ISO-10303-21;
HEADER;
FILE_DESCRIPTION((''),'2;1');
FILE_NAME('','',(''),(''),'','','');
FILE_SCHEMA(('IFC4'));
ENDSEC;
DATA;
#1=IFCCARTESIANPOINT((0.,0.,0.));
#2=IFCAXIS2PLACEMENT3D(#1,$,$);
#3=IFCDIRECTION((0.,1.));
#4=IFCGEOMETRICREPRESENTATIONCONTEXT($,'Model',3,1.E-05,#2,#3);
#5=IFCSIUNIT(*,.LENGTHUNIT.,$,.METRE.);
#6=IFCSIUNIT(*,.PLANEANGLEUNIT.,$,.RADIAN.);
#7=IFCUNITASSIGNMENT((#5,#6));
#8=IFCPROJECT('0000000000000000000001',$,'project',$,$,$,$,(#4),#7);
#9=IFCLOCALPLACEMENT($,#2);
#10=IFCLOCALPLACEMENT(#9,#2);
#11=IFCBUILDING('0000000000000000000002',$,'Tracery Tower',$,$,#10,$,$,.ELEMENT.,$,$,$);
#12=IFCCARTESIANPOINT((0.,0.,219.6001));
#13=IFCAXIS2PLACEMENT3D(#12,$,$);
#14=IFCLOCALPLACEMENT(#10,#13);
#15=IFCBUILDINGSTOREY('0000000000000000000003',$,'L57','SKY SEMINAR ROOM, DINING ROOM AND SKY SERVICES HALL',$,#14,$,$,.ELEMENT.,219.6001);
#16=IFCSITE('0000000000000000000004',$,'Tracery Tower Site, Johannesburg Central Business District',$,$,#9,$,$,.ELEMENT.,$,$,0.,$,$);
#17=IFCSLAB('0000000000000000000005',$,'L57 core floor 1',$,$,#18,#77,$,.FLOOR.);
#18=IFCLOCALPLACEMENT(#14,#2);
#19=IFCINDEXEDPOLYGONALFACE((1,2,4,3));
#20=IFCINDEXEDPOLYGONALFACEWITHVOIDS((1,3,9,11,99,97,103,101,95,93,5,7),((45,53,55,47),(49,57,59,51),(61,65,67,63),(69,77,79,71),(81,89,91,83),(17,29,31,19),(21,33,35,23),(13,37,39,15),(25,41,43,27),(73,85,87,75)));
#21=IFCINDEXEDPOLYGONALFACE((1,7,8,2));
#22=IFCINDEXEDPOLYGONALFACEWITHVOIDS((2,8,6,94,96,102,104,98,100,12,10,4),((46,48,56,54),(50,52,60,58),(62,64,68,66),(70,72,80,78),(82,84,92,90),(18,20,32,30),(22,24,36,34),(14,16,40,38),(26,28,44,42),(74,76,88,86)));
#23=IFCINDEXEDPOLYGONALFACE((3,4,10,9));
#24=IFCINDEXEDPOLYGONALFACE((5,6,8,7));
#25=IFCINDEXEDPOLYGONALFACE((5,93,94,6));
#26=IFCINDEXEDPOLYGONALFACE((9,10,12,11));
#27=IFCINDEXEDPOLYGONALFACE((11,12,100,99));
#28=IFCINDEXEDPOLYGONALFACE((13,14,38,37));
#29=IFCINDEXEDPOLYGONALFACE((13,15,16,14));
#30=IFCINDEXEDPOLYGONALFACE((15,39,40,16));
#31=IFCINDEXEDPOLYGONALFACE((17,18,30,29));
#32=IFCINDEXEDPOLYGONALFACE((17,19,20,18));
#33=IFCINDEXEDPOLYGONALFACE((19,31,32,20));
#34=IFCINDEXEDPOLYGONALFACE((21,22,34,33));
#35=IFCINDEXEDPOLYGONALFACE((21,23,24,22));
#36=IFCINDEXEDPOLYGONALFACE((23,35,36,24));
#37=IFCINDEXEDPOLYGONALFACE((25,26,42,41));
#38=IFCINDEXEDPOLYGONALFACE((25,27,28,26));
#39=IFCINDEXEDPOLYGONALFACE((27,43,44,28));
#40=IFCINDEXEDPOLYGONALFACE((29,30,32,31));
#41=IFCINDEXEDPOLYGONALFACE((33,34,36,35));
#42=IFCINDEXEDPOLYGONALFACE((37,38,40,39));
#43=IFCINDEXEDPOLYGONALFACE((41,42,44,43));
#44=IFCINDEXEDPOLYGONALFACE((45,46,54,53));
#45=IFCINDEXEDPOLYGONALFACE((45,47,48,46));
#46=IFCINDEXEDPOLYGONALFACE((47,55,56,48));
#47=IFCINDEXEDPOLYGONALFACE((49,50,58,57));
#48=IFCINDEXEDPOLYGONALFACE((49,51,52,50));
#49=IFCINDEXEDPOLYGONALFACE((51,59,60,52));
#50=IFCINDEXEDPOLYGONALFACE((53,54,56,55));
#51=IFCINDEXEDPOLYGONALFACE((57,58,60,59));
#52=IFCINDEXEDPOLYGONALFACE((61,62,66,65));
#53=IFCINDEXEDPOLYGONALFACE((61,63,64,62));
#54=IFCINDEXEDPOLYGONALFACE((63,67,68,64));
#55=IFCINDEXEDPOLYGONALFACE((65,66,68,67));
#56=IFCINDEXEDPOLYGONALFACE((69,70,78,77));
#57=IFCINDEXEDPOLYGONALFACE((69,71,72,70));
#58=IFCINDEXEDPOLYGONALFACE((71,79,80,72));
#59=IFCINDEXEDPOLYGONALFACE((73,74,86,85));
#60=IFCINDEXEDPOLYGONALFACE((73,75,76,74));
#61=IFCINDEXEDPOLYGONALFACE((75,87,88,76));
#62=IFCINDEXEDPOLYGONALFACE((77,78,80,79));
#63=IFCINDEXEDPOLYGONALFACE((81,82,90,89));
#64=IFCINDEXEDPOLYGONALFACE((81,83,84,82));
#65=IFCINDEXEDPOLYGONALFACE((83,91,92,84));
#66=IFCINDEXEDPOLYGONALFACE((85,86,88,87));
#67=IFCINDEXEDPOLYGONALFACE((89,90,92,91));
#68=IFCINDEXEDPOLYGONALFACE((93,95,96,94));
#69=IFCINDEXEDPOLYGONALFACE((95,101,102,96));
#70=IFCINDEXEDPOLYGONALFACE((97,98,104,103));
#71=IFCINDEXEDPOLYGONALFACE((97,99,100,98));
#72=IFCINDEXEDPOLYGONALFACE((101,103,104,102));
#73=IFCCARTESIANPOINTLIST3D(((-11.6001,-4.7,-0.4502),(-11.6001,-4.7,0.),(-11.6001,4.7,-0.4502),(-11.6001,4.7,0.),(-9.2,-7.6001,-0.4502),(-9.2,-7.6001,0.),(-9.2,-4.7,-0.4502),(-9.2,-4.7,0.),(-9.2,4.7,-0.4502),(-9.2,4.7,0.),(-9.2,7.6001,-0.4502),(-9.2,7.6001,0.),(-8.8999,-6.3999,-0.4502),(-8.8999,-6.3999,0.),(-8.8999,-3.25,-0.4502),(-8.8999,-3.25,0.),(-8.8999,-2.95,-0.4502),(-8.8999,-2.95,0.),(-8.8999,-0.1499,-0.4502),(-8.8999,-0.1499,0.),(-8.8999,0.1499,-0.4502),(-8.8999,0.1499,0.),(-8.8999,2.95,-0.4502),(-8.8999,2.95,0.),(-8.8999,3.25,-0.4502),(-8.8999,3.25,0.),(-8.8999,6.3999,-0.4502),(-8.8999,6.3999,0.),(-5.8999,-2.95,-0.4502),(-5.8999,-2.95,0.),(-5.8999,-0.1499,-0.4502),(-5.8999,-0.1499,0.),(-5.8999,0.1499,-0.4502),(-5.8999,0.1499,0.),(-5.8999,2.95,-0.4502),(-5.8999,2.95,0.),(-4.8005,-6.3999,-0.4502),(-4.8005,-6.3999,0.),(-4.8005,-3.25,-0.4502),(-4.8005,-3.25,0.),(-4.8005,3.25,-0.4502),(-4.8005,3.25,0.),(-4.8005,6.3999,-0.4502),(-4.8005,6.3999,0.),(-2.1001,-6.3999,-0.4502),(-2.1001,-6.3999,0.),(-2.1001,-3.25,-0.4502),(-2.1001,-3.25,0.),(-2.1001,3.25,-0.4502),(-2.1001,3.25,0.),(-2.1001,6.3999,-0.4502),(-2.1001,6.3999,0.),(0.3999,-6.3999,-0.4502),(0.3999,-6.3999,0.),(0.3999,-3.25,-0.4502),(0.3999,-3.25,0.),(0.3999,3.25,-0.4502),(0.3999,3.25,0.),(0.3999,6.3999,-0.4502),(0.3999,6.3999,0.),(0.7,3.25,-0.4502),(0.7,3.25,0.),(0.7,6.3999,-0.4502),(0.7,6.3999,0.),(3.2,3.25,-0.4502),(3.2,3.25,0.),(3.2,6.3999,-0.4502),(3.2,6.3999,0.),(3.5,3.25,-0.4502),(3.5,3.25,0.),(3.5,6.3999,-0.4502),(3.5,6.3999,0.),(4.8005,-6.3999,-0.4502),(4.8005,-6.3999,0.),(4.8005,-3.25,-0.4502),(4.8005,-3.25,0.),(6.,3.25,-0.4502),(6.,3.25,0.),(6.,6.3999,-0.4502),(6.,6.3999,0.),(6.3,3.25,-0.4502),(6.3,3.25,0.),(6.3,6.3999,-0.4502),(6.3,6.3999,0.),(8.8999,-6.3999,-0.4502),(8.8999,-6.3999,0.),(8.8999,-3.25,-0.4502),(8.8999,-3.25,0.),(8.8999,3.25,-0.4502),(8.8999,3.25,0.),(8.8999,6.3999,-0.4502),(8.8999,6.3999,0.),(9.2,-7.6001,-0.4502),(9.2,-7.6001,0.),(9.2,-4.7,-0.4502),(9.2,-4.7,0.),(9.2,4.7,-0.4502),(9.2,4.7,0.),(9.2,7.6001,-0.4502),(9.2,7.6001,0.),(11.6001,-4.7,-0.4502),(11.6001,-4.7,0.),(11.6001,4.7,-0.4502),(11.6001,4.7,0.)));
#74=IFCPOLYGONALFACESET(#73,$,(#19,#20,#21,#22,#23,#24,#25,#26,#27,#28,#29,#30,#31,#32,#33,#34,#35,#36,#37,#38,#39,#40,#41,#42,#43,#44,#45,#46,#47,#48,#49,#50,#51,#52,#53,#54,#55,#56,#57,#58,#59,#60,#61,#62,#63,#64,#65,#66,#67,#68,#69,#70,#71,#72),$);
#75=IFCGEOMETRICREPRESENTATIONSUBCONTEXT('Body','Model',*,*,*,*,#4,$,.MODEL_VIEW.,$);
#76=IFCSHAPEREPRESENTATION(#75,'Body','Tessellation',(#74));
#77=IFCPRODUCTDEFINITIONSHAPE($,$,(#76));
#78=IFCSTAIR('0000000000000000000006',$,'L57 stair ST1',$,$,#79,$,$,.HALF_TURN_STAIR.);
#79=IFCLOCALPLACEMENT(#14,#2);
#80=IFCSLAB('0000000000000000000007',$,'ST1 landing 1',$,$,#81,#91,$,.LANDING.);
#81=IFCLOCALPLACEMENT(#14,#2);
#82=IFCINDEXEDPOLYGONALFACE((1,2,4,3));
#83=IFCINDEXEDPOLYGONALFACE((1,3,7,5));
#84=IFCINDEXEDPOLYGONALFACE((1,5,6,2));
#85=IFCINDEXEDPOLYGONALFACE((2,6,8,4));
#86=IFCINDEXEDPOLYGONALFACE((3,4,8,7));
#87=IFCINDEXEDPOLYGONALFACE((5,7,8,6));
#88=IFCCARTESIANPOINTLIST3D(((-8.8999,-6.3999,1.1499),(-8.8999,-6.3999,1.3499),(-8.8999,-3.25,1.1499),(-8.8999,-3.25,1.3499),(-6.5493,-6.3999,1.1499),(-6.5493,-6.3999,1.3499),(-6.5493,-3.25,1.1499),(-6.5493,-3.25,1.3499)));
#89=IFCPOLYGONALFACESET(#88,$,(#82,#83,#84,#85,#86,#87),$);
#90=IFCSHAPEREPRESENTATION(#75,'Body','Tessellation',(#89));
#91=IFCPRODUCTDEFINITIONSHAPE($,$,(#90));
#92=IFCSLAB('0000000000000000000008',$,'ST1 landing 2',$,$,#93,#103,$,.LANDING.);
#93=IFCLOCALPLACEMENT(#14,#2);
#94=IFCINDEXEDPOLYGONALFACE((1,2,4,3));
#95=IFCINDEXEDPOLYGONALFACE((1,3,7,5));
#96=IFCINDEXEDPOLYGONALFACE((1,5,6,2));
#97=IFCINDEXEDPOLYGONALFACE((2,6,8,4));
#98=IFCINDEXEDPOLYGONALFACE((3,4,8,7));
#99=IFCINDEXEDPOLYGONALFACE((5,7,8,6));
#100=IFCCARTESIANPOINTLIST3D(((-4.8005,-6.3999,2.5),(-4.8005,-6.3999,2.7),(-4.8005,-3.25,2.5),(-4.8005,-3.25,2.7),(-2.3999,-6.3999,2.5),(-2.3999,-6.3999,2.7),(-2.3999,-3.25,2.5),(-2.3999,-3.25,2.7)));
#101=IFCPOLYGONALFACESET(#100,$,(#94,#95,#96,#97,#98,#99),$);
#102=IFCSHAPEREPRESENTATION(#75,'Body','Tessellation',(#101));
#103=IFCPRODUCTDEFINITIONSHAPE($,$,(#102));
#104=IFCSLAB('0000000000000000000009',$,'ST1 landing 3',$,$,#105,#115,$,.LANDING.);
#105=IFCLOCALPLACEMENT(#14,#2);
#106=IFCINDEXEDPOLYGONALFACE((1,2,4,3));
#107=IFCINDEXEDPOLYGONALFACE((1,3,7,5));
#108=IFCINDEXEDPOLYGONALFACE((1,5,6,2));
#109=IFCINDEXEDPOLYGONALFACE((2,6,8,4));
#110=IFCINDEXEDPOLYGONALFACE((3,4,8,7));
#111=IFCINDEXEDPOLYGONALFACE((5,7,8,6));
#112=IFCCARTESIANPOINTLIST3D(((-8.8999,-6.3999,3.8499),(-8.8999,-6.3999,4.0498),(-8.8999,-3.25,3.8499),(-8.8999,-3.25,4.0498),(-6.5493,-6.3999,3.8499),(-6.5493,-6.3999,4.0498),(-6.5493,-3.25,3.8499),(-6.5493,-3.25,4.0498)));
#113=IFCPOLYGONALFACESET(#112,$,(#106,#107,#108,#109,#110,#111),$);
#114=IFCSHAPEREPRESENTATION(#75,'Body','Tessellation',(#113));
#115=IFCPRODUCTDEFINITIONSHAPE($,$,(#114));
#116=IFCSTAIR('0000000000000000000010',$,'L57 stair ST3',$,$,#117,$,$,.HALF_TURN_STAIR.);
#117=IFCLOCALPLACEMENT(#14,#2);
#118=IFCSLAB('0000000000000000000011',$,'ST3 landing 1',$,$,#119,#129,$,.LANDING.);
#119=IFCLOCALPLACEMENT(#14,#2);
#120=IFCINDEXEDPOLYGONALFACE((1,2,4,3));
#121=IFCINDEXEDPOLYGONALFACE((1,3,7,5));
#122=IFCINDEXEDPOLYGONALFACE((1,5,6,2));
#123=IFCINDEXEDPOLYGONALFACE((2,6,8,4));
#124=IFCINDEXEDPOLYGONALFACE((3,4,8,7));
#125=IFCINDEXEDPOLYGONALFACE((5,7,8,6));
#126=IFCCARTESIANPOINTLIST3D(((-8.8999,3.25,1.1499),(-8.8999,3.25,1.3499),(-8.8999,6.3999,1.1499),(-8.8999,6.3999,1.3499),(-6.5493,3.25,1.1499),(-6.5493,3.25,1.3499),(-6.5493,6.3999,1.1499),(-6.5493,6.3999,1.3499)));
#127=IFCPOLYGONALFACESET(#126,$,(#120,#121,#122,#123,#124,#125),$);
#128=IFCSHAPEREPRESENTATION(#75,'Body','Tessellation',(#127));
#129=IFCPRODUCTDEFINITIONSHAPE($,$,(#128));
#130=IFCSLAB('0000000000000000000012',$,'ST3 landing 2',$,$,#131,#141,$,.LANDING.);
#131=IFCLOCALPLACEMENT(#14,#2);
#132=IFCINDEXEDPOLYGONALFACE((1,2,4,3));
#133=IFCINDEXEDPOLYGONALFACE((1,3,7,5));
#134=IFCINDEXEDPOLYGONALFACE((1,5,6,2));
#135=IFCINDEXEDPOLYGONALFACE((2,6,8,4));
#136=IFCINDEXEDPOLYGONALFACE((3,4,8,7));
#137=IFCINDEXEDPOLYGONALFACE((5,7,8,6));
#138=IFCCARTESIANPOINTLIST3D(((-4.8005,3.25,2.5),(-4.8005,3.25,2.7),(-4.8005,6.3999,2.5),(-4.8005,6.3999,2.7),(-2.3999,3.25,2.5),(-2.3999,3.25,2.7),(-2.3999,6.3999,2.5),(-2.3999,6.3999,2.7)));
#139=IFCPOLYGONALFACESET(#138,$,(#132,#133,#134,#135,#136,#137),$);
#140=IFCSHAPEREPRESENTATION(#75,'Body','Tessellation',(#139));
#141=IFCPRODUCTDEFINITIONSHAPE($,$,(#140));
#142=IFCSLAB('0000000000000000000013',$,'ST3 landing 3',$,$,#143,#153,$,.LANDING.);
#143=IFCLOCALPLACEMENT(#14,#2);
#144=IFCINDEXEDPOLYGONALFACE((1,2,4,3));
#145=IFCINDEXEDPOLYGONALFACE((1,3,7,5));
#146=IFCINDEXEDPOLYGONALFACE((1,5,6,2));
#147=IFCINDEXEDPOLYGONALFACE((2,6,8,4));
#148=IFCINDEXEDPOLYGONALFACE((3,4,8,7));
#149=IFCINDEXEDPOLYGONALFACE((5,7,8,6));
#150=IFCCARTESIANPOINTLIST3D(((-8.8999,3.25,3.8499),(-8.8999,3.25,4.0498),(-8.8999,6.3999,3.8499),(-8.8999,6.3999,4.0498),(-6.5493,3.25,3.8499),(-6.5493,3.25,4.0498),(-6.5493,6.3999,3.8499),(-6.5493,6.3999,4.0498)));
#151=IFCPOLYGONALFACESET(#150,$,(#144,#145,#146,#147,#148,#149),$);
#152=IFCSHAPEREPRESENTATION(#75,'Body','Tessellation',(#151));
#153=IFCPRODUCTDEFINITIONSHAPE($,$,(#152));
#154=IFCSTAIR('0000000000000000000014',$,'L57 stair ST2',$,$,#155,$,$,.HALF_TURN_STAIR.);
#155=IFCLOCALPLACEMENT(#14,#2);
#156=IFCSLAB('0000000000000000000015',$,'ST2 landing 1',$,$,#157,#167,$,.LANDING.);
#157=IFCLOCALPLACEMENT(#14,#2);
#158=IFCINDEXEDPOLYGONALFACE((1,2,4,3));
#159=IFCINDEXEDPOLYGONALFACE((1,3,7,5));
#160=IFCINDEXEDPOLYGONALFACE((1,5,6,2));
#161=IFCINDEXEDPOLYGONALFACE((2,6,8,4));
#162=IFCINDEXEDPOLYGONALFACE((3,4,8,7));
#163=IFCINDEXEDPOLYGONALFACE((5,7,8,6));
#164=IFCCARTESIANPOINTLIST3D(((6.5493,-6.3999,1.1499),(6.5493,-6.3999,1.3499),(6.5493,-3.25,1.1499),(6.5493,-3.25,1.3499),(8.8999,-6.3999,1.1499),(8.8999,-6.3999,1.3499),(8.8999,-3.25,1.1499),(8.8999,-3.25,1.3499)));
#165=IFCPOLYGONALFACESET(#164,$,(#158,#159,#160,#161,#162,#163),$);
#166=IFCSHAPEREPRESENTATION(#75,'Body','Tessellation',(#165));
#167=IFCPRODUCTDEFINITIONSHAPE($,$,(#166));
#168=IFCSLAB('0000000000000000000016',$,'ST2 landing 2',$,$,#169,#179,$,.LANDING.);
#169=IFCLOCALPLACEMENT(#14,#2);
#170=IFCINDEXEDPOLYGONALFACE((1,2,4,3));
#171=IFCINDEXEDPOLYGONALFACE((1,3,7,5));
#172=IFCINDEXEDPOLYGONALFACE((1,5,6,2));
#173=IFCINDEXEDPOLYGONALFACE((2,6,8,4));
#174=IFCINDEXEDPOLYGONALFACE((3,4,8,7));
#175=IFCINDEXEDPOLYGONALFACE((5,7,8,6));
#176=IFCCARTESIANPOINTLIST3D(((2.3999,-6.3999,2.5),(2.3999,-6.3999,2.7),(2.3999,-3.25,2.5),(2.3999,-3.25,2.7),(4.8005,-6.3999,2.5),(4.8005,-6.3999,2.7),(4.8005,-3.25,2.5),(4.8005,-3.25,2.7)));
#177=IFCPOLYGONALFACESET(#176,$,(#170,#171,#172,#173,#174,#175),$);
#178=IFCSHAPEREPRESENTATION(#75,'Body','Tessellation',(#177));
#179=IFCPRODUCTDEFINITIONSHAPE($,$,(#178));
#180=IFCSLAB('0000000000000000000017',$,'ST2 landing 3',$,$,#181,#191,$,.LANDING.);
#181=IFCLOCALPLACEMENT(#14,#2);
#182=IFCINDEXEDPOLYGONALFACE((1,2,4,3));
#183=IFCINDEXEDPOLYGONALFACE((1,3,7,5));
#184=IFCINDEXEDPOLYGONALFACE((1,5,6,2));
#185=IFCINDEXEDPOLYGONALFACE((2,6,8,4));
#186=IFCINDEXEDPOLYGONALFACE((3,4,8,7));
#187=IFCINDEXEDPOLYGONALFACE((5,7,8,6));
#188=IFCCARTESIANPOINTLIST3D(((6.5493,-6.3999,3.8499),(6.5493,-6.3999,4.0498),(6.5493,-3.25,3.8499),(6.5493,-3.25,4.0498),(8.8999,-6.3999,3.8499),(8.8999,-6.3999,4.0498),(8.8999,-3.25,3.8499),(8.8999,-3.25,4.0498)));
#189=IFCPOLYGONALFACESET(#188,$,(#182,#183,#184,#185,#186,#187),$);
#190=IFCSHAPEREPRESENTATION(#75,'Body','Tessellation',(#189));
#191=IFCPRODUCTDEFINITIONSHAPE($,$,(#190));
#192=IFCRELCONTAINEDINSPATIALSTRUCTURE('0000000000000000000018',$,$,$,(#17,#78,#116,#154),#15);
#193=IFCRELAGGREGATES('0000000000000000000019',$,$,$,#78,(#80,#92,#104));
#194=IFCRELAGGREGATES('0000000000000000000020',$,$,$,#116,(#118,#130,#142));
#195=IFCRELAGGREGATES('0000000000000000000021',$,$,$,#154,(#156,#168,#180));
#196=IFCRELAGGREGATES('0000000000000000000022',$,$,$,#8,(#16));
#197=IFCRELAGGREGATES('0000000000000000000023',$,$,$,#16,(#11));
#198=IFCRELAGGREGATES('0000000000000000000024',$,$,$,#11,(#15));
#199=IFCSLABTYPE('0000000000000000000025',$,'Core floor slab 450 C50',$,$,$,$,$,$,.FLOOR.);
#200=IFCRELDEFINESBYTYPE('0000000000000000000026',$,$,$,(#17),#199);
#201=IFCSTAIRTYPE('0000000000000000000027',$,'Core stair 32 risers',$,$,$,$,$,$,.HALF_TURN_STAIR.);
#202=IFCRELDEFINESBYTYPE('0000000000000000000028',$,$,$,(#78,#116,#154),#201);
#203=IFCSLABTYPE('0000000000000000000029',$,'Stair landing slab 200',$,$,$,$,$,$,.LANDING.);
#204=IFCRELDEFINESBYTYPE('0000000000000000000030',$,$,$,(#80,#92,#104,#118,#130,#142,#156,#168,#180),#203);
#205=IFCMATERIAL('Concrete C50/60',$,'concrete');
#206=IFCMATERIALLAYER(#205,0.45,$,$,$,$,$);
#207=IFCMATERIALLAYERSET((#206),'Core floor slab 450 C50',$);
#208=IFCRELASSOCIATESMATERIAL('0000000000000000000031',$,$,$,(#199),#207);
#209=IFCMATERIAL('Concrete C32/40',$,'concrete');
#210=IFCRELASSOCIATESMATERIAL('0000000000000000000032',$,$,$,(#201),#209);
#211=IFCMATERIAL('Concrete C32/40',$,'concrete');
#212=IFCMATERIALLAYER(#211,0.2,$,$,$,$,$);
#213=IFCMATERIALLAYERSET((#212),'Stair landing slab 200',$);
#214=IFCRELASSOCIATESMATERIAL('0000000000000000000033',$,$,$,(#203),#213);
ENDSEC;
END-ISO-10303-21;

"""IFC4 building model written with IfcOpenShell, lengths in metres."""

from ifc_helpers import new_model, si_unit, direction, frame, origin, place, context, subcontext, project, spatial, polyline, outline, extrude, material, layer, layer_set, type_object, element, aggregate, save


model = new_model("IFC4")

# Units and contexts
model_context = context("Model", 3, precision=1e-05, world=origin(), true_north=direction((0.0, 1.0)))
body_context = subcontext(model_context, "Body", "Model", "MODEL_VIEW")
ifc_project = project(units=[si_unit("LENGTHUNIT", "METRE"), si_unit("PLANEANGLEUNIT", "RADIAN")], contexts=[model_context])

# Site, building, storey
site_placement = place(None, origin())
site = spatial("IfcSite", under=ifc_project, at=site_placement, Name="Tracery Tower Site, Johannesburg Central Business District", CompositionType="ELEMENT", RefElevation=0.0)
building_placement = place(site_placement, origin())
building = spatial("IfcBuilding", under=site, at=building_placement, Name="Tracery Tower", CompositionType="ELEMENT")
storey_placement = place(building_placement, frame((0.0, 0.0, 219.6001)))
storey = spatial("IfcBuildingStorey", under=building, at=storey_placement, Name="L57", Description="SKY SEMINAR ROOM, DINING ROOM AND SKY SERVICES HALL", CompositionType="ELEMENT", Elevation=219.6001)

# Slab
ifc_material_1 = material(Name="Concrete C50/60", Category="concrete")
ifc_layer_1 = layer(ifc_material_1, 0.45)
ifc_layer_set_1 = layer_set([ifc_layer_1], Name="Core floor slab 450 C50")
slab_type_1 = type_object("IfcSlabType", Name="Core floor slab 450 C50", PredefinedType="FLOOR", material=ifc_layer_set_1)
slab_1_placement = place(storey_placement, frame((0.0, 0.0, -0.4502)))
element("IfcSlab", 1, at=slab_1_placement, inside=storey, type_object=slab_type_1, Name="L57 core floor 1", PredefinedType="FLOOR", context=body_context, shape_type="SweptSolid", body=[
    extrude(outline(polyline([(-9.2, 7.6001), (9.2, 7.6001), (9.2, 4.7), (11.6001, 4.7), (11.6001, -4.7), (9.2, -4.7), (9.2, -7.6001), (-9.2, -7.6001), (-9.2, -4.7), (-11.6001, -4.7), (-11.6001, 4.7), (-9.2, 4.7), (-9.2, 7.6001)]), holes=[polyline([(4.8005, -6.3999), (8.8999, -6.3999), (8.8999, -3.25), (4.8005, -3.25), (4.8005, -6.3999)]), polyline([(8.8999, 3.25), (8.8999, 6.3999), (6.3, 6.3999), (6.3, 3.25), (8.8999, 3.25)]), polyline([(6.0, 3.25), (6.0, 6.3999), (3.5, 6.3999), (3.5, 3.25), (6.0, 3.25)]), polyline([(3.2, 3.25), (3.2, 6.3999), (0.7, 6.3999), (0.7, 3.25), (3.2, 3.25)]), polyline([(-2.1001, 3.25), (0.3999, 3.25), (0.3999, 6.3999), (-2.1001, 6.3999), (-2.1001, 3.25)]), polyline([(0.3999, -6.3999), (0.3999, -3.25), (-2.1001, -3.25), (-2.1001, -6.3999), (0.3999, -6.3999)]), polyline([(-4.8005, -3.25), (-8.8999, -3.25), (-8.8999, -6.3999), (-4.8005, -6.3999), (-4.8005, -3.25)]), polyline([(-4.8005, 6.3999), (-8.8999, 6.3999), (-8.8999, 3.25), (-4.8005, 3.25), (-4.8005, 6.3999)]), polyline([(-5.8999, -2.95), (-5.8999, -0.1499), (-8.8999, -0.1499), (-8.8999, -2.95), (-5.8999, -2.95)]), polyline([(-5.8999, 0.1499), (-5.8999, 2.95), (-8.8999, 2.95), (-8.8999, 0.1499), (-5.8999, 0.1499)])]), origin(), (0.0, 0.0, 1.0), 0.4502),
])

# Stairs, slabs
ifc_material_2 = material(Name="Concrete C32/40", Category="concrete")
stair_type = type_object("IfcStairType", Name="Core stair 32 risers", PredefinedType="HALF_TURN_STAIR", material=ifc_material_2)
stair_1_placement = place(storey_placement, origin())
stair_1 = element("IfcStair", 2, at=stair_1_placement, inside=storey, type_object=stair_type, Name="L57 stair ST1", PredefinedType="HALF_TURN_STAIR")
ifc_material_3 = material(Name="Concrete C32/40", Category="concrete")
ifc_layer_2 = layer(ifc_material_3, 0.2)
ifc_layer_set_2 = layer_set([ifc_layer_2], Name="Stair landing slab 200")
slab_type_2 = type_object("IfcSlabType", Name="Stair landing slab 200", PredefinedType="LANDING", material=ifc_layer_set_2)
slab_2_placement = place(storey_placement, frame((0.0, 0.0, 1.1499)))
slab_2 = element("IfcSlab", 3, at=slab_2_placement, type_object=slab_type_2, Name="ST1 landing 1", PredefinedType="LANDING", context=body_context, shape_type="SweptSolid", body=[
    extrude(outline(polyline([(-6.5493, -3.25), (-8.8999, -3.25), (-8.8999, -6.3999), (-6.5493, -6.3999), (-6.5493, -3.25)])), origin(), (0.0, 0.0, 1.0), 0.2),
])
slab_3_placement = place(storey_placement, frame((0.0, 0.0, 2.5)))
slab_3 = element("IfcSlab", 4, at=slab_3_placement, type_object=slab_type_2, Name="ST1 landing 2", PredefinedType="LANDING", context=body_context, shape_type="SweptSolid", body=[
    extrude(outline(polyline([(-2.3999, -3.25), (-4.8005, -3.25), (-4.8005, -6.3999), (-2.3999, -6.3999), (-2.3999, -3.25)])), origin(), (0.0, 0.0, 1.0), 0.2),
])
slab_4_placement = place(storey_placement, frame((0.0, 0.0, 3.8499)))
slab_4 = element("IfcSlab", 5, at=slab_4_placement, type_object=slab_type_2, Name="ST1 landing 3", PredefinedType="LANDING", context=body_context, shape_type="SweptSolid", body=[
    extrude(outline(polyline([(-6.5493, -3.25), (-8.8999, -3.25), (-8.8999, -6.3999), (-6.5493, -6.3999), (-6.5493, -3.25)])), origin(), (0.0, 0.0, 1.0), 0.2),
])
aggregate(stair_1, [slab_2, slab_3, slab_4])
stair_2_placement = place(storey_placement, origin())
stair_2 = element("IfcStair", 6, at=stair_2_placement, inside=storey, type_object=stair_type, Name="L57 stair ST3", PredefinedType="HALF_TURN_STAIR")
slab_5_placement = place(storey_placement, frame((0.0, 0.0, 1.1499)))
slab_5 = element("IfcSlab", 7, at=slab_5_placement, type_object=slab_type_2, Name="ST3 landing 1", PredefinedType="LANDING", context=body_context, shape_type="SweptSolid", body=[
    extrude(outline(polyline([(-6.5493, 6.3999), (-8.8999, 6.3999), (-8.8999, 3.25), (-6.5493, 3.25), (-6.5493, 6.3999)])), origin(), (0.0, 0.0, 1.0), 0.2),
])
slab_6_placement = place(storey_placement, frame((0.0, 0.0, 2.5)))
slab_6 = element("IfcSlab", 8, at=slab_6_placement, type_object=slab_type_2, Name="ST3 landing 2", PredefinedType="LANDING", context=body_context, shape_type="SweptSolid", body=[
    extrude(outline(polyline([(-2.3999, 6.3999), (-4.8005, 6.3999), (-4.8005, 3.25), (-2.3999, 3.25), (-2.3999, 6.3999)])), origin(), (0.0, 0.0, 1.0), 0.2),
])
slab_7_placement = place(storey_placement, frame((0.0, 0.0, 3.8499)))
slab_7 = element("IfcSlab", 9, at=slab_7_placement, type_object=slab_type_2, Name="ST3 landing 3", PredefinedType="LANDING", context=body_context, shape_type="SweptSolid", body=[
    extrude(outline(polyline([(-6.5493, 6.3999), (-8.8999, 6.3999), (-8.8999, 3.25), (-6.5493, 3.25), (-6.5493, 6.3999)])), origin(), (0.0, 0.0, 1.0), 0.2),
])
aggregate(stair_2, [slab_5, slab_6, slab_7])
stair_3_placement = place(storey_placement, origin())
stair_3 = element("IfcStair", 10, at=stair_3_placement, inside=storey, type_object=stair_type, Name="L57 stair ST2", PredefinedType="HALF_TURN_STAIR")
slab_8_placement = place(storey_placement, frame((0.0, 0.0, 1.1499)))
slab_8 = element("IfcSlab", 11, at=slab_8_placement, type_object=slab_type_2, Name="ST2 landing 1", PredefinedType="LANDING", context=body_context, shape_type="SweptSolid", body=[
    extrude(outline(polyline([(6.5493, -6.3999), (8.8999, -6.3999), (8.8999, -3.25), (6.5493, -3.25), (6.5493, -6.3999)])), origin(), (0.0, 0.0, 1.0), 0.2),
])
slab_9_placement = place(storey_placement, frame((0.0, 0.0, 2.5)))
slab_9 = element("IfcSlab", 12, at=slab_9_placement, type_object=slab_type_2, Name="ST2 landing 2", PredefinedType="LANDING", context=body_context, shape_type="SweptSolid", body=[
    extrude(outline(polyline([(2.3999, -6.3999), (4.8005, -6.3999), (4.8005, -3.25), (2.3999, -3.25), (2.3999, -6.3999)])), origin(), (0.0, 0.0, 1.0), 0.2),
])
slab_10_placement = place(storey_placement, frame((0.0, 0.0, 3.8499)))
slab_10 = element("IfcSlab", 13, at=slab_10_placement, type_object=slab_type_2, Name="ST2 landing 3", PredefinedType="LANDING", context=body_context, shape_type="SweptSolid", body=[
    extrude(outline(polyline([(6.5493, -6.3999), (8.8999, -6.3999), (8.8999, -3.25), (6.5493, -3.25), (6.5493, -6.3999)])), origin(), (0.0, 0.0, 1.0), 0.2),
])
aggregate(stair_3, [slab_8, slab_9, slab_10])

save(model, "model.ifc")
